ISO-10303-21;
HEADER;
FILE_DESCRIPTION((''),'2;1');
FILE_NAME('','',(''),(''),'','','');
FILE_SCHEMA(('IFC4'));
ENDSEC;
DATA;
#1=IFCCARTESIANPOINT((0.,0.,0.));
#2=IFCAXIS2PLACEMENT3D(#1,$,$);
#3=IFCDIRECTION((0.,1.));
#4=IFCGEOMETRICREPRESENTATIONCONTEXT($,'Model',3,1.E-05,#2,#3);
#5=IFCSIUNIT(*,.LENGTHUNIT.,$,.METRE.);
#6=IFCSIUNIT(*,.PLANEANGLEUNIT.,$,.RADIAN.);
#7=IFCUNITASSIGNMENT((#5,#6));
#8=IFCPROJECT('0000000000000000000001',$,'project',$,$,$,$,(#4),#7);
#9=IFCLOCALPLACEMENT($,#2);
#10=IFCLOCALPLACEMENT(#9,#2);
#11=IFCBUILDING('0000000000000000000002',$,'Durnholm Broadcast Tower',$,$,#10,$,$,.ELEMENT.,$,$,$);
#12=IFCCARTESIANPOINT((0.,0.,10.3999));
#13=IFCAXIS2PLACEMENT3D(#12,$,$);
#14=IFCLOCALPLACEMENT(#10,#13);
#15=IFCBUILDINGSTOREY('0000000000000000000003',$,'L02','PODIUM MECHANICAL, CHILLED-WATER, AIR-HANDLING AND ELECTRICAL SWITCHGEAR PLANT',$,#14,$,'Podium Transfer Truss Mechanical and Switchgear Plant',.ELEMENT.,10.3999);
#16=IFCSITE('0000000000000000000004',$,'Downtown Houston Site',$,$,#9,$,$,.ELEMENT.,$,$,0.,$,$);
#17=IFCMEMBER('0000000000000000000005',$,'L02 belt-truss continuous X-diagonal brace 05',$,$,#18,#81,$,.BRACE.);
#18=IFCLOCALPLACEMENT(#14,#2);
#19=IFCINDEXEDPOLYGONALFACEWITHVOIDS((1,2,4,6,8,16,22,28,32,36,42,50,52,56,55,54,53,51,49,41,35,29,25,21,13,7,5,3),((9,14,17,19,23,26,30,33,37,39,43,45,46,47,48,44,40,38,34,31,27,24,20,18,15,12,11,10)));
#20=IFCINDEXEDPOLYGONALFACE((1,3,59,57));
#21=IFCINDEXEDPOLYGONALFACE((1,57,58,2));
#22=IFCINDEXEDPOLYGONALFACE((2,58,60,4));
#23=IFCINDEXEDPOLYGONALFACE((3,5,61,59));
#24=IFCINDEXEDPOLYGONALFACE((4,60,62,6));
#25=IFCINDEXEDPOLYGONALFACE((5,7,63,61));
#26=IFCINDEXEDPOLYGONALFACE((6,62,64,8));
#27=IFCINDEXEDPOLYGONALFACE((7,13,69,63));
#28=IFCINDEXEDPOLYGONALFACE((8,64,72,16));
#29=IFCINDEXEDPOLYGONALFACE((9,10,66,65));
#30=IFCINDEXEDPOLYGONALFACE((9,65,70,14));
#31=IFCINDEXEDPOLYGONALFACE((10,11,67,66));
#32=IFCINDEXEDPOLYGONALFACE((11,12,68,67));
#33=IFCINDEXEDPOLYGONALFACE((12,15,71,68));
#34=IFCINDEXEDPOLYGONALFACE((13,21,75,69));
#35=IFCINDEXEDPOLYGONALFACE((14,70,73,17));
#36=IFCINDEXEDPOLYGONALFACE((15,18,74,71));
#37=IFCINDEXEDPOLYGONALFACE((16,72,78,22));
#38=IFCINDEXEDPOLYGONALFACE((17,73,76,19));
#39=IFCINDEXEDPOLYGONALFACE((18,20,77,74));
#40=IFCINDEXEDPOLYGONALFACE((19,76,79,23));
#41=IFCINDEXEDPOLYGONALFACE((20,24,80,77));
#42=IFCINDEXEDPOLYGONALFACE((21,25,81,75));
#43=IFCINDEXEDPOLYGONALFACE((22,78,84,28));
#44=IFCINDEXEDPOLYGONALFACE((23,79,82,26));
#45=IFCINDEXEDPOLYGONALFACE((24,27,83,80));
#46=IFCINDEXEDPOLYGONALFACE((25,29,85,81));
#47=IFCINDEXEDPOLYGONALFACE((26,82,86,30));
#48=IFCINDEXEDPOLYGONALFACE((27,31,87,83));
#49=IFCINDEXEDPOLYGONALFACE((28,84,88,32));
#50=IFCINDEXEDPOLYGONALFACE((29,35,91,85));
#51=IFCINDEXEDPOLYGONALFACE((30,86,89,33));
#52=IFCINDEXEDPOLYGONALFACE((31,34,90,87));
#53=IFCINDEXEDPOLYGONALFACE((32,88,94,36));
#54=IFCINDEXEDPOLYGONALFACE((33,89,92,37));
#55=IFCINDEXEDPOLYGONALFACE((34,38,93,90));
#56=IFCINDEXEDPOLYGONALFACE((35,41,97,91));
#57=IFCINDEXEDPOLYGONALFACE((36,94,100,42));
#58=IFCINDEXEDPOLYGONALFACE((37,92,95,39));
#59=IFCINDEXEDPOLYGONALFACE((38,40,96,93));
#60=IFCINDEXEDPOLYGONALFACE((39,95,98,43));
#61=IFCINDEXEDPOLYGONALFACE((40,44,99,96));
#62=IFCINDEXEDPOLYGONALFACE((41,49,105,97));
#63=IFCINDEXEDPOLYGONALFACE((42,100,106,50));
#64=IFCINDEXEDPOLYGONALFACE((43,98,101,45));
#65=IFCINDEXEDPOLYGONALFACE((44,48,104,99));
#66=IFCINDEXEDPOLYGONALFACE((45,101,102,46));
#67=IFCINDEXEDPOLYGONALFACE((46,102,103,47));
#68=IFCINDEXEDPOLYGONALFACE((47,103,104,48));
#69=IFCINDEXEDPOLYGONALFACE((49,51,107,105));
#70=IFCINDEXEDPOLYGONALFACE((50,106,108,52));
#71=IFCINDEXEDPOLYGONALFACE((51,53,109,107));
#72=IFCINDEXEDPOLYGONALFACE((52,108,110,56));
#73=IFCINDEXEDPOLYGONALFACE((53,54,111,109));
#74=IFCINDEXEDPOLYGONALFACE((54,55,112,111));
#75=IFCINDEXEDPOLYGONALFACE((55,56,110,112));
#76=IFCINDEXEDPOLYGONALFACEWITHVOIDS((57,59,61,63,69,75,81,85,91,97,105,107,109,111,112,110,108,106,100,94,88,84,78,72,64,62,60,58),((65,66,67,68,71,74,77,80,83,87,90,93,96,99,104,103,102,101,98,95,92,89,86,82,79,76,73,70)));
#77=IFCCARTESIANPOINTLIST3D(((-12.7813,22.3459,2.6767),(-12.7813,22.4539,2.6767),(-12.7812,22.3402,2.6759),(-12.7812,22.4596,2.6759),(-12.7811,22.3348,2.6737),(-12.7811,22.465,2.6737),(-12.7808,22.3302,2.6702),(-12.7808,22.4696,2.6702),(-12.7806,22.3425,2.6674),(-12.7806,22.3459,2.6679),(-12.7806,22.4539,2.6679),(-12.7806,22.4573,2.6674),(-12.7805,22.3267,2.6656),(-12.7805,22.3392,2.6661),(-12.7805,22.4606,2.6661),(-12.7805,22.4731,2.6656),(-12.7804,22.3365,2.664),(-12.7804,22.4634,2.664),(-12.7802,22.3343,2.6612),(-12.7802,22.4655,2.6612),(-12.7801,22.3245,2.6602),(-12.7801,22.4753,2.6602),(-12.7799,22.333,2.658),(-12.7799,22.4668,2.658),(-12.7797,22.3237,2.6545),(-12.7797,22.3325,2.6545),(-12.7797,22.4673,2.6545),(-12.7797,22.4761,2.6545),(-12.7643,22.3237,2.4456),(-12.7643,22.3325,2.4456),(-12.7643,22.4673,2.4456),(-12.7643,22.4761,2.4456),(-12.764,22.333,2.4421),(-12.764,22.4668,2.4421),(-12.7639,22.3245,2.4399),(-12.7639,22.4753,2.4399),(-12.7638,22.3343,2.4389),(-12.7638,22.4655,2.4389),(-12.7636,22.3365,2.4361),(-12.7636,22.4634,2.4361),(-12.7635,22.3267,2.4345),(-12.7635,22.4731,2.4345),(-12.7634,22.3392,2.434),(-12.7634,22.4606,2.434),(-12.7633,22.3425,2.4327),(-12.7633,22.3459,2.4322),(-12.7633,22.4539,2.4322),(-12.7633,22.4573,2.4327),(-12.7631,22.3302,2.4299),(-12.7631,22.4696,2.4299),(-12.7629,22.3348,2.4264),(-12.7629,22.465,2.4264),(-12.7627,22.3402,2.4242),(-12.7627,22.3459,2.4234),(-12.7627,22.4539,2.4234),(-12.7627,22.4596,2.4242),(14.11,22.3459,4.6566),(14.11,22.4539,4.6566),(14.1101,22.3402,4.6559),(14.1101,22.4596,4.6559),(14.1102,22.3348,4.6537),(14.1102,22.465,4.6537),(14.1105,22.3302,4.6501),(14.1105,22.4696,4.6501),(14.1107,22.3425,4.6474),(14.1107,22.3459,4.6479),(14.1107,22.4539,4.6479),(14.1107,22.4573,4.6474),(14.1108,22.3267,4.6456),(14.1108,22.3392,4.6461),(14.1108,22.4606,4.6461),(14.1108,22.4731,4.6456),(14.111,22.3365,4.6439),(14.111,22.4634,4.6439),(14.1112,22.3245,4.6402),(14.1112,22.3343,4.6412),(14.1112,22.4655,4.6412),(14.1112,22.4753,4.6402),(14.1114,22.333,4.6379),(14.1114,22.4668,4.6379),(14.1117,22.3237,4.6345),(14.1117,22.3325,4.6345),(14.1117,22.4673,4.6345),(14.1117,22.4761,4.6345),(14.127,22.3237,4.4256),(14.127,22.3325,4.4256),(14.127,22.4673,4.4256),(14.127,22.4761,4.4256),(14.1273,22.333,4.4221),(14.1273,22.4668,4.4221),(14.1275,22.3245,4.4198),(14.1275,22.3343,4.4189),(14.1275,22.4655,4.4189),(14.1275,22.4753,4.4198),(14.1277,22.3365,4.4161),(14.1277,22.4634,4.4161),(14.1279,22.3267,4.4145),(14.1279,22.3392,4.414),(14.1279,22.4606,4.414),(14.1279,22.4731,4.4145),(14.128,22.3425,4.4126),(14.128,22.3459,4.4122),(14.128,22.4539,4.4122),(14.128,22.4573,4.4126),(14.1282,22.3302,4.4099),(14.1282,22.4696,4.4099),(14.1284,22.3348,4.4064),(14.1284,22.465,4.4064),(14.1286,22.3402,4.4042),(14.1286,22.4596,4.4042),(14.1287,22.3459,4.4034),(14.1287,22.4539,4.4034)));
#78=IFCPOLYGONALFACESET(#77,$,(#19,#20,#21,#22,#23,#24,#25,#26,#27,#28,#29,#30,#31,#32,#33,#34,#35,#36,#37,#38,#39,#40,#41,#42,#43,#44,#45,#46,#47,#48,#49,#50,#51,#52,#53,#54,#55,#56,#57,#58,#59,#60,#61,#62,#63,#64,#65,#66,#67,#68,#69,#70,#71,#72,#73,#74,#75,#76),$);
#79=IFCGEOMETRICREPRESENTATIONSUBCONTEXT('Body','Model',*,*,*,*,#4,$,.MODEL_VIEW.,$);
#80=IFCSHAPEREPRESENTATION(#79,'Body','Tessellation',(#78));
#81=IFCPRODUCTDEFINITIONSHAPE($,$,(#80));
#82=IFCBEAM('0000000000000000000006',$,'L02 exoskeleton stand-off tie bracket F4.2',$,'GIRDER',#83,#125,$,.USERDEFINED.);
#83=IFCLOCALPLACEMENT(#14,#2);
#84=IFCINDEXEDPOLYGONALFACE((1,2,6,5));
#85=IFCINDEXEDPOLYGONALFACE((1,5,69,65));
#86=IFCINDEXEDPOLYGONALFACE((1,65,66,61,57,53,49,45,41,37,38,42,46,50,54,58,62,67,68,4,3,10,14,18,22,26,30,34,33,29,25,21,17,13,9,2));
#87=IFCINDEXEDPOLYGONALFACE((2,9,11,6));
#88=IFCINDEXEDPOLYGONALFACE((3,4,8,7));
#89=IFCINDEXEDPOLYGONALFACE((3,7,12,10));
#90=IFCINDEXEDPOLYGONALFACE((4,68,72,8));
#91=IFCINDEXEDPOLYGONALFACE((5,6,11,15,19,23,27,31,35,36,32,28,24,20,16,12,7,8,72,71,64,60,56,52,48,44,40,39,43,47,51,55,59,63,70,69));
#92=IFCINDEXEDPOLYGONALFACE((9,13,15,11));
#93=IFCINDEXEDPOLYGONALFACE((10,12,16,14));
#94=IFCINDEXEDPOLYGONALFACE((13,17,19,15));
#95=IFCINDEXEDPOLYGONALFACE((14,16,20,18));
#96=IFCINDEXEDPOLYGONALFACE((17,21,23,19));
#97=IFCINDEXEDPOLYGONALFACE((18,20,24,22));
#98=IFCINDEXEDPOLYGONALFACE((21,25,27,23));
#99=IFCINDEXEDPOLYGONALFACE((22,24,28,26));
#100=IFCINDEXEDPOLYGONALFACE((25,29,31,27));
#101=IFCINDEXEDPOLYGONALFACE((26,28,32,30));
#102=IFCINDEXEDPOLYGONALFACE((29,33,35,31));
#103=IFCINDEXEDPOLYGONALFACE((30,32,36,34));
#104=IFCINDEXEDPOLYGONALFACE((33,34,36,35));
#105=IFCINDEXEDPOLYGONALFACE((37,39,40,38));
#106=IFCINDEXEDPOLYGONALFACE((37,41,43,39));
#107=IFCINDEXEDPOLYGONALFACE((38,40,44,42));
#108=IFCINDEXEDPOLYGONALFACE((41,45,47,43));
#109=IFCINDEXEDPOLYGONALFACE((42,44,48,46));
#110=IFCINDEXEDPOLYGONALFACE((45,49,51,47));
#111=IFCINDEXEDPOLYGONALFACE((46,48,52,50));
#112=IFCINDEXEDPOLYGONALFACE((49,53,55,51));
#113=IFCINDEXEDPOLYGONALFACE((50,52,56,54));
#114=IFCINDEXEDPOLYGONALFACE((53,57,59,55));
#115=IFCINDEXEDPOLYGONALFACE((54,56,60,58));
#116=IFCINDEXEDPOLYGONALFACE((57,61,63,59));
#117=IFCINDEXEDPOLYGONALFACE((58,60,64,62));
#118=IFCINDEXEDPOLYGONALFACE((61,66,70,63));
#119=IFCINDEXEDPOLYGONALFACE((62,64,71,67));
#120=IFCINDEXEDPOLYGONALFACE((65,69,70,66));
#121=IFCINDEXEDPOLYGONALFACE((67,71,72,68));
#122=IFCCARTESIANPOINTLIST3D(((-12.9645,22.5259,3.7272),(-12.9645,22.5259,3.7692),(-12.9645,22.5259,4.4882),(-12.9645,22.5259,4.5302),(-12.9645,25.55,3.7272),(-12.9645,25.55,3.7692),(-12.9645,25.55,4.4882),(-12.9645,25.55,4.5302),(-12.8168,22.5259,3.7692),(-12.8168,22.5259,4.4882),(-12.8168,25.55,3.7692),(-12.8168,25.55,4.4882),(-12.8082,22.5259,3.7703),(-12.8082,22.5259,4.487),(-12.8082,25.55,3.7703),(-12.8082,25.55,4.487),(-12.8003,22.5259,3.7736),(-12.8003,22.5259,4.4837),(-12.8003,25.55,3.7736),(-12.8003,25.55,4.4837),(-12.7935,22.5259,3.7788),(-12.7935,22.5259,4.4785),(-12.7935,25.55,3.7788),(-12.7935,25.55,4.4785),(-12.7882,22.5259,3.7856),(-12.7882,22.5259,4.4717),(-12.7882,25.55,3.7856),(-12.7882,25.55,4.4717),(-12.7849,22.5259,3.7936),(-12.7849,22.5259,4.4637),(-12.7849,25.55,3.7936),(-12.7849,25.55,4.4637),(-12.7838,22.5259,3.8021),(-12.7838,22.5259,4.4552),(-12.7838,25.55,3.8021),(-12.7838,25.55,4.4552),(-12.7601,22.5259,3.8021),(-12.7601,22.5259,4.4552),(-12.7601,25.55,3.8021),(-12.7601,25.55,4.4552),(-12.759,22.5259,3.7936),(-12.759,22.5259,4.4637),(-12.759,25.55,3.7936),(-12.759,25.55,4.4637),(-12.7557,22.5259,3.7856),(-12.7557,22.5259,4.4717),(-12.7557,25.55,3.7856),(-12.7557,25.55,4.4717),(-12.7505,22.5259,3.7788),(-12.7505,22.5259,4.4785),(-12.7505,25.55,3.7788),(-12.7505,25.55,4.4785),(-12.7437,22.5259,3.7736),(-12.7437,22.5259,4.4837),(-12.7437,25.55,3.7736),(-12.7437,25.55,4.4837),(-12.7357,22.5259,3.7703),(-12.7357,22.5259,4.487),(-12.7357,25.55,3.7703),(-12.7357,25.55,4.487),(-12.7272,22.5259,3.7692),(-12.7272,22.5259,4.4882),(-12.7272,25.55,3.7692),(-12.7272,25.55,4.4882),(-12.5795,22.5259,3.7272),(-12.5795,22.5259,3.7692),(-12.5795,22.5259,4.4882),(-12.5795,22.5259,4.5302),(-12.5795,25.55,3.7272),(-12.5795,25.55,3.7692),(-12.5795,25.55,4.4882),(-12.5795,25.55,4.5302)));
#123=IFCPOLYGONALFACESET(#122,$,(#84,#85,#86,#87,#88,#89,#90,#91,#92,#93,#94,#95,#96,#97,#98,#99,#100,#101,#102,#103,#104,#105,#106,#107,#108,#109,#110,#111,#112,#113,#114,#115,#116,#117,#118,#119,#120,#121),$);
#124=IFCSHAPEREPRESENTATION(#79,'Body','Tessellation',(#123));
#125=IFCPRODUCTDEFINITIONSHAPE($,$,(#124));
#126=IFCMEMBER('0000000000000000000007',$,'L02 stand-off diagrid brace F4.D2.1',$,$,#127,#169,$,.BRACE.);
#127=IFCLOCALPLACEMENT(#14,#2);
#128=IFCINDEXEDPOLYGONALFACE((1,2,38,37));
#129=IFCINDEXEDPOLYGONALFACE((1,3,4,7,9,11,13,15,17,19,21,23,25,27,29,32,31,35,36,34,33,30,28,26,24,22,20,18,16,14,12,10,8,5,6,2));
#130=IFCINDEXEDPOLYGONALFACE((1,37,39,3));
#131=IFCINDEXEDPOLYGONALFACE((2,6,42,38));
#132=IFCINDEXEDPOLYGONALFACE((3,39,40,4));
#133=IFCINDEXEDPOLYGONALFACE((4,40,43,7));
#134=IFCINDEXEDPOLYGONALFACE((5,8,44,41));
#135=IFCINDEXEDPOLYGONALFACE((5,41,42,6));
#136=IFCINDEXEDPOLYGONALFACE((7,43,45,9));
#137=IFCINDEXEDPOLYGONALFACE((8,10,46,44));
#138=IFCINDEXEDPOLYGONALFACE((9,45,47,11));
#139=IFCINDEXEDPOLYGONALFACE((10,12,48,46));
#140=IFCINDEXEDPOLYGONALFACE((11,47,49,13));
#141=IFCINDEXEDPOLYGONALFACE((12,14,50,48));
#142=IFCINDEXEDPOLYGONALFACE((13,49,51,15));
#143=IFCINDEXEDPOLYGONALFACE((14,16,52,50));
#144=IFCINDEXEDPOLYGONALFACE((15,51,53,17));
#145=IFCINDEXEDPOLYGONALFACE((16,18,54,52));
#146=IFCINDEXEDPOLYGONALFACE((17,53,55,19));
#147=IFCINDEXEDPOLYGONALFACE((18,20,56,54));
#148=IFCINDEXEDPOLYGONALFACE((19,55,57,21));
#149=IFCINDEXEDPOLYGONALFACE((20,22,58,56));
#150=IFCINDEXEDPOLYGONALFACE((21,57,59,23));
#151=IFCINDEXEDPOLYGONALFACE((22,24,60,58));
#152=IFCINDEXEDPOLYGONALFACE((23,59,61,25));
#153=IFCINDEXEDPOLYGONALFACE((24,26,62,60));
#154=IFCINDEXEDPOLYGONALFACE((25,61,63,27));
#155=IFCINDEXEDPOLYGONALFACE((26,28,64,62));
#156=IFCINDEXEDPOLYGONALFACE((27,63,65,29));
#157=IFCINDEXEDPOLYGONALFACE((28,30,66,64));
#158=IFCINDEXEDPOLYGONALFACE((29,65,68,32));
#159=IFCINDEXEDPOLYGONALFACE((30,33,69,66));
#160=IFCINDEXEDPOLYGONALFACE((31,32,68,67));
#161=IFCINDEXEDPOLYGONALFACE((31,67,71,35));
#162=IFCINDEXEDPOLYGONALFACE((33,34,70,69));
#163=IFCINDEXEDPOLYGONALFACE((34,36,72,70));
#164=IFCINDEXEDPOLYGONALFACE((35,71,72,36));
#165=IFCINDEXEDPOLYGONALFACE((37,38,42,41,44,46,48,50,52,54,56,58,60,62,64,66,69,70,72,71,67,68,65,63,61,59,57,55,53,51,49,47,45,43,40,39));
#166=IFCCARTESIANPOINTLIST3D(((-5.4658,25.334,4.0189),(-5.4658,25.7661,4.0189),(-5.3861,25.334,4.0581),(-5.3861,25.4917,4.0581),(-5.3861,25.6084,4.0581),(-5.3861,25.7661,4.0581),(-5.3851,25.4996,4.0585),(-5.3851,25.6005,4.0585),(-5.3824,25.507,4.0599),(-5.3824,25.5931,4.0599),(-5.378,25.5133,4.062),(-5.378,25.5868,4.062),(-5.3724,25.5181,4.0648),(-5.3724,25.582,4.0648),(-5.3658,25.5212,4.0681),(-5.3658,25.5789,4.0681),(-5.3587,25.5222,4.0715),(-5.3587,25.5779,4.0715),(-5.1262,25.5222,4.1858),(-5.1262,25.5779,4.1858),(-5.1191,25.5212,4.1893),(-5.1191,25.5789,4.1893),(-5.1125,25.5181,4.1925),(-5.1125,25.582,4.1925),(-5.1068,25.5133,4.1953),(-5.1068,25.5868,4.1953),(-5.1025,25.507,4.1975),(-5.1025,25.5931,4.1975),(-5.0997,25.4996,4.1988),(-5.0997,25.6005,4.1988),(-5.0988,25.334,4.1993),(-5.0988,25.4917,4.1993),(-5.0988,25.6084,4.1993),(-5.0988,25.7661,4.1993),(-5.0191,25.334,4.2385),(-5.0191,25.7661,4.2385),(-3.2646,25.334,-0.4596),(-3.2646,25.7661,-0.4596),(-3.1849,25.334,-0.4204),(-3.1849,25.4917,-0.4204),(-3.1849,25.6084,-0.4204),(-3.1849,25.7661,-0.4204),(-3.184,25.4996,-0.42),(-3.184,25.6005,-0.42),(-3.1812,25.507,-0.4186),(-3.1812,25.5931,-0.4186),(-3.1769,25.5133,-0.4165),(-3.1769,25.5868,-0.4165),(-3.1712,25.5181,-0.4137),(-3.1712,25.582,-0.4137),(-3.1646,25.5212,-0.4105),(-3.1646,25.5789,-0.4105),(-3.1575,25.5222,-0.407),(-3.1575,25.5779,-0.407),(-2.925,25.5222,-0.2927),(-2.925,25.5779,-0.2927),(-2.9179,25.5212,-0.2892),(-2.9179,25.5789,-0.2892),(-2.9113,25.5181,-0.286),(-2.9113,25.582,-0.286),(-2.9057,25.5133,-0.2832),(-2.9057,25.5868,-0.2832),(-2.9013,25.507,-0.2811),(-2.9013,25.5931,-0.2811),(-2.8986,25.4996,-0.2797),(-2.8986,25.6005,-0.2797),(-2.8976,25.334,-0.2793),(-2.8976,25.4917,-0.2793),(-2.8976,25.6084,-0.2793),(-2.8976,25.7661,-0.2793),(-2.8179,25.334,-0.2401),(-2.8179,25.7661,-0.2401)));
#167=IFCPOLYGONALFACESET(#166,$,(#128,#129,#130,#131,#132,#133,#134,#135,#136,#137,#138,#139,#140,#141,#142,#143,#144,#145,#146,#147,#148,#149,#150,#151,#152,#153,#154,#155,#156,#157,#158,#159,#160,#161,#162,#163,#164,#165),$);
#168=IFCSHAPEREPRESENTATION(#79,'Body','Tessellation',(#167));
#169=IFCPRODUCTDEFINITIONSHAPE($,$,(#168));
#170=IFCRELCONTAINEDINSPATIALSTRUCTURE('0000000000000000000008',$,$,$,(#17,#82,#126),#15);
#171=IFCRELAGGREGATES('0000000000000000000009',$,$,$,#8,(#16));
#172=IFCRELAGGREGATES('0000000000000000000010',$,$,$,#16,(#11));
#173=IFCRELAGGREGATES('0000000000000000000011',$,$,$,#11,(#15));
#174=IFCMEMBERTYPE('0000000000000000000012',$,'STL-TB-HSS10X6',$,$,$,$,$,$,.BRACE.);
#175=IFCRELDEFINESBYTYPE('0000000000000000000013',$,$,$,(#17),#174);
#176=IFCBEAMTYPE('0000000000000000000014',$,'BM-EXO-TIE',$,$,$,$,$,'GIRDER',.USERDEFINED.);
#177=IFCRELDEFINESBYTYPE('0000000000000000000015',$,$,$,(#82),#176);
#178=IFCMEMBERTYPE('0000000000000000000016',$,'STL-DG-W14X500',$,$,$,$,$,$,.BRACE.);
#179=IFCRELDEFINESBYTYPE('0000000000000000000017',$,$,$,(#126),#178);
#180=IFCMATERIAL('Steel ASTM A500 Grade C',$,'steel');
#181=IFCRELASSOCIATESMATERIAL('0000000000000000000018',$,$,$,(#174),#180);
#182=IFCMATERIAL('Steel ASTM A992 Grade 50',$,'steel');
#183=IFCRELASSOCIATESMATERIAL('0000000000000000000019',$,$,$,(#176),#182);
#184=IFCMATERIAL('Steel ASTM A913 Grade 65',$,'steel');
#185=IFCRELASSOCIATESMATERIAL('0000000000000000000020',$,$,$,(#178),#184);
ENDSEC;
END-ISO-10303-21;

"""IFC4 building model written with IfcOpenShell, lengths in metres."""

from ifc_helpers import new_model, si_unit, direction, frame, origin, origin_2d, place, context, subcontext, project, spatial, hollow_rectangle, i_section, extrude, source, transform, mapped, material, material_profile, profile_set, type_object, type_shapes, element, save


model = new_model("IFC4")

# Units and contexts
model_context = context("Model", 3, precision=1e-05, world=origin(), true_north=direction((0.0, 1.0)))
body_context = subcontext(model_context, "Body", "Model", "MODEL_VIEW")
ifc_project = project(units=[si_unit("LENGTHUNIT", "METRE"), si_unit("PLANEANGLEUNIT", "RADIAN")], contexts=[model_context])

# Site, building, storey
site_placement = place(None, origin())
site = spatial("IfcSite", under=ifc_project, at=site_placement, Name="Downtown Houston Site", CompositionType="ELEMENT", RefElevation=0.0)
building_placement = place(site_placement, origin())
building = spatial("IfcBuilding", under=site, at=building_placement, Name="Durnholm Broadcast Tower", CompositionType="ELEMENT")
storey_placement = place(building_placement, frame((0.0, 0.0, 10.3999)))
storey = spatial("IfcBuildingStorey", under=building, at=storey_placement, Name="L02", Description="PODIUM MECHANICAL, CHILLED-WATER, AIR-HANDLING AND ELECTRICAL SWITCHGEAR PLANT", LongName="Podium Transfer Truss Mechanical and Switchgear Plant", CompositionType="ELEMENT", Elevation=10.3999)

# Shared definitions
ifc_material_1 = material(Name="Steel ASTM A913 Grade 65", Category="steel")

# Shared definitions
ifc_material_2 = material(Name="Steel ASTM A992 Grade 50", Category="steel")

# Member
ifc_material_3 = material(Name="Steel ASTM A500 Grade C", Category="steel")
ifc_material_profile_1 = material_profile(ifc_material_3, hollow_rectangle(XDim=0.1523, YDim=0.2539, WallThickness=0.0088, InnerFilletRadius=0.0134, OuterFilletRadius=0.0222, at=origin_2d()), Name="HSS10X6X3/8")
ifc_profile_set_1 = profile_set([ifc_material_profile_1], Name="Steel ASTM A500 Grade C")
member_type_1 = type_object("IfcMemberType", Name="STL-TB-HSS10X6", PredefinedType="BRACE", material=ifc_profile_set_1)
shared_shape_1 = source(origin(), body_context, "Body", "SweptSolid", [
    extrude(hollow_rectangle(XDim=0.1523, YDim=0.2539, WallThickness=0.0088, InnerFilletRadius=0.0134, OuterFilletRadius=0.0222, at=origin_2d()), origin(), (0.0, 0.0, 1.0), 26.9641),
])
type_shapes(member_type_1, [shared_shape_1])
member_1_placement = place(storey_placement, frame((-12.772, 22.3999, 2.55), z_axis=(0.9973, 0.0, 0.07343), x_axis=(0.0, 1.0, 0.0)))
element("IfcMember", 1, at=member_1_placement, inside=storey, type_object=member_type_1, Name="L02 belt-truss continuous X-diagonal brace 05", PredefinedType="BRACE", context=body_context, shape_type="MappedRepresentation", body=[
    mapped(shared_shape_1, transform((0.0, 0.0, 0.0), x_axis=(1.0, 0.0, 0.0), y_axis=(0.0, 1.0, 0.0), z_axis=(0.0, 0.0, 1.0), scale=1.0)),
])

# Beam
ifc_material_profile_2 = material_profile(ifc_material_2, i_section(OverallWidth=0.385, OverallDepth=0.803, WebThickness=0.0237, FlangeThickness=0.042, FilletRadius=0.033, at=origin_2d()), Name="W30X261")
ifc_profile_set_2 = profile_set([ifc_material_profile_2], Name="Steel ASTM A992 Grade 50")
beam_type_1 = type_object("IfcBeamType", Name="BM-EXO-TIE", ElementType="GIRDER", PredefinedType="USERDEFINED", material=ifc_profile_set_2)
shared_shape_2 = source(origin(), body_context, "Body", "SweptSolid", [
    extrude(i_section(OverallWidth=0.385, OverallDepth=0.803, WebThickness=0.0237, FlangeThickness=0.042, FilletRadius=0.033, at=origin_2d()), origin(), (0.0, 0.0, 1.0), 3.0242),
])
type_shapes(beam_type_1, [shared_shape_2])
beam_1_placement = place(storey_placement, frame((-12.772, 22.5259, 4.1287), z_axis=(0.0, 1.0, 0.0), x_axis=(-1.0, 0.0, 0.0)))
element("IfcBeam", 2, at=beam_1_placement, inside=storey, type_object=beam_type_1, Name="L02 exoskeleton stand-off tie bracket F4.2", ObjectType="GIRDER", PredefinedType="USERDEFINED", context=body_context, shape_type="MappedRepresentation", body=[
    mapped(shared_shape_2, transform((0.0, 0.0, 0.0), x_axis=(1.0, 0.0, 0.0), y_axis=(0.0, 1.0, 0.0), z_axis=(0.0, 0.0, 1.0), scale=1.0)),
])

# Member
ifc_material_profile_3 = material_profile(ifc_material_1, i_section(OverallWidth=0.4321, OverallDepth=0.4978, WebThickness=0.0557, FlangeThickness=0.0889, FilletRadius=0.0305, at=origin_2d()), Name="W14X500")
ifc_profile_set_3 = profile_set([ifc_material_profile_3], Name="Steel ASTM A913 Grade 65")
member_type_2 = type_object("IfcMemberType", Name="STL-DG-W14X500", PredefinedType="BRACE", material=ifc_profile_set_3)
shared_shape_3 = source(origin(), body_context, "Body", "SweptSolid", [
    extrude(i_section(OverallWidth=0.4321, OverallDepth=0.4978, WebThickness=0.0557, FlangeThickness=0.0889, FilletRadius=0.0305, at=origin_2d()), origin(), (0.0, 0.0, 1.0), 4.9902),
])
member_2_placement = place(storey_placement, frame((-3.0413, 25.55, -0.3499), z_axis=(-0.441097, 0.0, 0.897459), x_axis=(0.0, -1.0, 0.0)))
element("IfcMember", 3, at=member_2_placement, inside=storey, type_object=member_type_2, Name="L02 stand-off diagrid brace F4.D2.1", PredefinedType="BRACE", context=body_context, shape_type="MappedRepresentation", body=[
    mapped(shared_shape_3, transform((0.0, 0.0, 0.0), x_axis=(1.0, 0.0, 0.0), y_axis=(0.0, 1.0, 0.0), z_axis=(0.0, 0.0, 1.0), scale=1.0)),
])

save(model, "model.ifc")
